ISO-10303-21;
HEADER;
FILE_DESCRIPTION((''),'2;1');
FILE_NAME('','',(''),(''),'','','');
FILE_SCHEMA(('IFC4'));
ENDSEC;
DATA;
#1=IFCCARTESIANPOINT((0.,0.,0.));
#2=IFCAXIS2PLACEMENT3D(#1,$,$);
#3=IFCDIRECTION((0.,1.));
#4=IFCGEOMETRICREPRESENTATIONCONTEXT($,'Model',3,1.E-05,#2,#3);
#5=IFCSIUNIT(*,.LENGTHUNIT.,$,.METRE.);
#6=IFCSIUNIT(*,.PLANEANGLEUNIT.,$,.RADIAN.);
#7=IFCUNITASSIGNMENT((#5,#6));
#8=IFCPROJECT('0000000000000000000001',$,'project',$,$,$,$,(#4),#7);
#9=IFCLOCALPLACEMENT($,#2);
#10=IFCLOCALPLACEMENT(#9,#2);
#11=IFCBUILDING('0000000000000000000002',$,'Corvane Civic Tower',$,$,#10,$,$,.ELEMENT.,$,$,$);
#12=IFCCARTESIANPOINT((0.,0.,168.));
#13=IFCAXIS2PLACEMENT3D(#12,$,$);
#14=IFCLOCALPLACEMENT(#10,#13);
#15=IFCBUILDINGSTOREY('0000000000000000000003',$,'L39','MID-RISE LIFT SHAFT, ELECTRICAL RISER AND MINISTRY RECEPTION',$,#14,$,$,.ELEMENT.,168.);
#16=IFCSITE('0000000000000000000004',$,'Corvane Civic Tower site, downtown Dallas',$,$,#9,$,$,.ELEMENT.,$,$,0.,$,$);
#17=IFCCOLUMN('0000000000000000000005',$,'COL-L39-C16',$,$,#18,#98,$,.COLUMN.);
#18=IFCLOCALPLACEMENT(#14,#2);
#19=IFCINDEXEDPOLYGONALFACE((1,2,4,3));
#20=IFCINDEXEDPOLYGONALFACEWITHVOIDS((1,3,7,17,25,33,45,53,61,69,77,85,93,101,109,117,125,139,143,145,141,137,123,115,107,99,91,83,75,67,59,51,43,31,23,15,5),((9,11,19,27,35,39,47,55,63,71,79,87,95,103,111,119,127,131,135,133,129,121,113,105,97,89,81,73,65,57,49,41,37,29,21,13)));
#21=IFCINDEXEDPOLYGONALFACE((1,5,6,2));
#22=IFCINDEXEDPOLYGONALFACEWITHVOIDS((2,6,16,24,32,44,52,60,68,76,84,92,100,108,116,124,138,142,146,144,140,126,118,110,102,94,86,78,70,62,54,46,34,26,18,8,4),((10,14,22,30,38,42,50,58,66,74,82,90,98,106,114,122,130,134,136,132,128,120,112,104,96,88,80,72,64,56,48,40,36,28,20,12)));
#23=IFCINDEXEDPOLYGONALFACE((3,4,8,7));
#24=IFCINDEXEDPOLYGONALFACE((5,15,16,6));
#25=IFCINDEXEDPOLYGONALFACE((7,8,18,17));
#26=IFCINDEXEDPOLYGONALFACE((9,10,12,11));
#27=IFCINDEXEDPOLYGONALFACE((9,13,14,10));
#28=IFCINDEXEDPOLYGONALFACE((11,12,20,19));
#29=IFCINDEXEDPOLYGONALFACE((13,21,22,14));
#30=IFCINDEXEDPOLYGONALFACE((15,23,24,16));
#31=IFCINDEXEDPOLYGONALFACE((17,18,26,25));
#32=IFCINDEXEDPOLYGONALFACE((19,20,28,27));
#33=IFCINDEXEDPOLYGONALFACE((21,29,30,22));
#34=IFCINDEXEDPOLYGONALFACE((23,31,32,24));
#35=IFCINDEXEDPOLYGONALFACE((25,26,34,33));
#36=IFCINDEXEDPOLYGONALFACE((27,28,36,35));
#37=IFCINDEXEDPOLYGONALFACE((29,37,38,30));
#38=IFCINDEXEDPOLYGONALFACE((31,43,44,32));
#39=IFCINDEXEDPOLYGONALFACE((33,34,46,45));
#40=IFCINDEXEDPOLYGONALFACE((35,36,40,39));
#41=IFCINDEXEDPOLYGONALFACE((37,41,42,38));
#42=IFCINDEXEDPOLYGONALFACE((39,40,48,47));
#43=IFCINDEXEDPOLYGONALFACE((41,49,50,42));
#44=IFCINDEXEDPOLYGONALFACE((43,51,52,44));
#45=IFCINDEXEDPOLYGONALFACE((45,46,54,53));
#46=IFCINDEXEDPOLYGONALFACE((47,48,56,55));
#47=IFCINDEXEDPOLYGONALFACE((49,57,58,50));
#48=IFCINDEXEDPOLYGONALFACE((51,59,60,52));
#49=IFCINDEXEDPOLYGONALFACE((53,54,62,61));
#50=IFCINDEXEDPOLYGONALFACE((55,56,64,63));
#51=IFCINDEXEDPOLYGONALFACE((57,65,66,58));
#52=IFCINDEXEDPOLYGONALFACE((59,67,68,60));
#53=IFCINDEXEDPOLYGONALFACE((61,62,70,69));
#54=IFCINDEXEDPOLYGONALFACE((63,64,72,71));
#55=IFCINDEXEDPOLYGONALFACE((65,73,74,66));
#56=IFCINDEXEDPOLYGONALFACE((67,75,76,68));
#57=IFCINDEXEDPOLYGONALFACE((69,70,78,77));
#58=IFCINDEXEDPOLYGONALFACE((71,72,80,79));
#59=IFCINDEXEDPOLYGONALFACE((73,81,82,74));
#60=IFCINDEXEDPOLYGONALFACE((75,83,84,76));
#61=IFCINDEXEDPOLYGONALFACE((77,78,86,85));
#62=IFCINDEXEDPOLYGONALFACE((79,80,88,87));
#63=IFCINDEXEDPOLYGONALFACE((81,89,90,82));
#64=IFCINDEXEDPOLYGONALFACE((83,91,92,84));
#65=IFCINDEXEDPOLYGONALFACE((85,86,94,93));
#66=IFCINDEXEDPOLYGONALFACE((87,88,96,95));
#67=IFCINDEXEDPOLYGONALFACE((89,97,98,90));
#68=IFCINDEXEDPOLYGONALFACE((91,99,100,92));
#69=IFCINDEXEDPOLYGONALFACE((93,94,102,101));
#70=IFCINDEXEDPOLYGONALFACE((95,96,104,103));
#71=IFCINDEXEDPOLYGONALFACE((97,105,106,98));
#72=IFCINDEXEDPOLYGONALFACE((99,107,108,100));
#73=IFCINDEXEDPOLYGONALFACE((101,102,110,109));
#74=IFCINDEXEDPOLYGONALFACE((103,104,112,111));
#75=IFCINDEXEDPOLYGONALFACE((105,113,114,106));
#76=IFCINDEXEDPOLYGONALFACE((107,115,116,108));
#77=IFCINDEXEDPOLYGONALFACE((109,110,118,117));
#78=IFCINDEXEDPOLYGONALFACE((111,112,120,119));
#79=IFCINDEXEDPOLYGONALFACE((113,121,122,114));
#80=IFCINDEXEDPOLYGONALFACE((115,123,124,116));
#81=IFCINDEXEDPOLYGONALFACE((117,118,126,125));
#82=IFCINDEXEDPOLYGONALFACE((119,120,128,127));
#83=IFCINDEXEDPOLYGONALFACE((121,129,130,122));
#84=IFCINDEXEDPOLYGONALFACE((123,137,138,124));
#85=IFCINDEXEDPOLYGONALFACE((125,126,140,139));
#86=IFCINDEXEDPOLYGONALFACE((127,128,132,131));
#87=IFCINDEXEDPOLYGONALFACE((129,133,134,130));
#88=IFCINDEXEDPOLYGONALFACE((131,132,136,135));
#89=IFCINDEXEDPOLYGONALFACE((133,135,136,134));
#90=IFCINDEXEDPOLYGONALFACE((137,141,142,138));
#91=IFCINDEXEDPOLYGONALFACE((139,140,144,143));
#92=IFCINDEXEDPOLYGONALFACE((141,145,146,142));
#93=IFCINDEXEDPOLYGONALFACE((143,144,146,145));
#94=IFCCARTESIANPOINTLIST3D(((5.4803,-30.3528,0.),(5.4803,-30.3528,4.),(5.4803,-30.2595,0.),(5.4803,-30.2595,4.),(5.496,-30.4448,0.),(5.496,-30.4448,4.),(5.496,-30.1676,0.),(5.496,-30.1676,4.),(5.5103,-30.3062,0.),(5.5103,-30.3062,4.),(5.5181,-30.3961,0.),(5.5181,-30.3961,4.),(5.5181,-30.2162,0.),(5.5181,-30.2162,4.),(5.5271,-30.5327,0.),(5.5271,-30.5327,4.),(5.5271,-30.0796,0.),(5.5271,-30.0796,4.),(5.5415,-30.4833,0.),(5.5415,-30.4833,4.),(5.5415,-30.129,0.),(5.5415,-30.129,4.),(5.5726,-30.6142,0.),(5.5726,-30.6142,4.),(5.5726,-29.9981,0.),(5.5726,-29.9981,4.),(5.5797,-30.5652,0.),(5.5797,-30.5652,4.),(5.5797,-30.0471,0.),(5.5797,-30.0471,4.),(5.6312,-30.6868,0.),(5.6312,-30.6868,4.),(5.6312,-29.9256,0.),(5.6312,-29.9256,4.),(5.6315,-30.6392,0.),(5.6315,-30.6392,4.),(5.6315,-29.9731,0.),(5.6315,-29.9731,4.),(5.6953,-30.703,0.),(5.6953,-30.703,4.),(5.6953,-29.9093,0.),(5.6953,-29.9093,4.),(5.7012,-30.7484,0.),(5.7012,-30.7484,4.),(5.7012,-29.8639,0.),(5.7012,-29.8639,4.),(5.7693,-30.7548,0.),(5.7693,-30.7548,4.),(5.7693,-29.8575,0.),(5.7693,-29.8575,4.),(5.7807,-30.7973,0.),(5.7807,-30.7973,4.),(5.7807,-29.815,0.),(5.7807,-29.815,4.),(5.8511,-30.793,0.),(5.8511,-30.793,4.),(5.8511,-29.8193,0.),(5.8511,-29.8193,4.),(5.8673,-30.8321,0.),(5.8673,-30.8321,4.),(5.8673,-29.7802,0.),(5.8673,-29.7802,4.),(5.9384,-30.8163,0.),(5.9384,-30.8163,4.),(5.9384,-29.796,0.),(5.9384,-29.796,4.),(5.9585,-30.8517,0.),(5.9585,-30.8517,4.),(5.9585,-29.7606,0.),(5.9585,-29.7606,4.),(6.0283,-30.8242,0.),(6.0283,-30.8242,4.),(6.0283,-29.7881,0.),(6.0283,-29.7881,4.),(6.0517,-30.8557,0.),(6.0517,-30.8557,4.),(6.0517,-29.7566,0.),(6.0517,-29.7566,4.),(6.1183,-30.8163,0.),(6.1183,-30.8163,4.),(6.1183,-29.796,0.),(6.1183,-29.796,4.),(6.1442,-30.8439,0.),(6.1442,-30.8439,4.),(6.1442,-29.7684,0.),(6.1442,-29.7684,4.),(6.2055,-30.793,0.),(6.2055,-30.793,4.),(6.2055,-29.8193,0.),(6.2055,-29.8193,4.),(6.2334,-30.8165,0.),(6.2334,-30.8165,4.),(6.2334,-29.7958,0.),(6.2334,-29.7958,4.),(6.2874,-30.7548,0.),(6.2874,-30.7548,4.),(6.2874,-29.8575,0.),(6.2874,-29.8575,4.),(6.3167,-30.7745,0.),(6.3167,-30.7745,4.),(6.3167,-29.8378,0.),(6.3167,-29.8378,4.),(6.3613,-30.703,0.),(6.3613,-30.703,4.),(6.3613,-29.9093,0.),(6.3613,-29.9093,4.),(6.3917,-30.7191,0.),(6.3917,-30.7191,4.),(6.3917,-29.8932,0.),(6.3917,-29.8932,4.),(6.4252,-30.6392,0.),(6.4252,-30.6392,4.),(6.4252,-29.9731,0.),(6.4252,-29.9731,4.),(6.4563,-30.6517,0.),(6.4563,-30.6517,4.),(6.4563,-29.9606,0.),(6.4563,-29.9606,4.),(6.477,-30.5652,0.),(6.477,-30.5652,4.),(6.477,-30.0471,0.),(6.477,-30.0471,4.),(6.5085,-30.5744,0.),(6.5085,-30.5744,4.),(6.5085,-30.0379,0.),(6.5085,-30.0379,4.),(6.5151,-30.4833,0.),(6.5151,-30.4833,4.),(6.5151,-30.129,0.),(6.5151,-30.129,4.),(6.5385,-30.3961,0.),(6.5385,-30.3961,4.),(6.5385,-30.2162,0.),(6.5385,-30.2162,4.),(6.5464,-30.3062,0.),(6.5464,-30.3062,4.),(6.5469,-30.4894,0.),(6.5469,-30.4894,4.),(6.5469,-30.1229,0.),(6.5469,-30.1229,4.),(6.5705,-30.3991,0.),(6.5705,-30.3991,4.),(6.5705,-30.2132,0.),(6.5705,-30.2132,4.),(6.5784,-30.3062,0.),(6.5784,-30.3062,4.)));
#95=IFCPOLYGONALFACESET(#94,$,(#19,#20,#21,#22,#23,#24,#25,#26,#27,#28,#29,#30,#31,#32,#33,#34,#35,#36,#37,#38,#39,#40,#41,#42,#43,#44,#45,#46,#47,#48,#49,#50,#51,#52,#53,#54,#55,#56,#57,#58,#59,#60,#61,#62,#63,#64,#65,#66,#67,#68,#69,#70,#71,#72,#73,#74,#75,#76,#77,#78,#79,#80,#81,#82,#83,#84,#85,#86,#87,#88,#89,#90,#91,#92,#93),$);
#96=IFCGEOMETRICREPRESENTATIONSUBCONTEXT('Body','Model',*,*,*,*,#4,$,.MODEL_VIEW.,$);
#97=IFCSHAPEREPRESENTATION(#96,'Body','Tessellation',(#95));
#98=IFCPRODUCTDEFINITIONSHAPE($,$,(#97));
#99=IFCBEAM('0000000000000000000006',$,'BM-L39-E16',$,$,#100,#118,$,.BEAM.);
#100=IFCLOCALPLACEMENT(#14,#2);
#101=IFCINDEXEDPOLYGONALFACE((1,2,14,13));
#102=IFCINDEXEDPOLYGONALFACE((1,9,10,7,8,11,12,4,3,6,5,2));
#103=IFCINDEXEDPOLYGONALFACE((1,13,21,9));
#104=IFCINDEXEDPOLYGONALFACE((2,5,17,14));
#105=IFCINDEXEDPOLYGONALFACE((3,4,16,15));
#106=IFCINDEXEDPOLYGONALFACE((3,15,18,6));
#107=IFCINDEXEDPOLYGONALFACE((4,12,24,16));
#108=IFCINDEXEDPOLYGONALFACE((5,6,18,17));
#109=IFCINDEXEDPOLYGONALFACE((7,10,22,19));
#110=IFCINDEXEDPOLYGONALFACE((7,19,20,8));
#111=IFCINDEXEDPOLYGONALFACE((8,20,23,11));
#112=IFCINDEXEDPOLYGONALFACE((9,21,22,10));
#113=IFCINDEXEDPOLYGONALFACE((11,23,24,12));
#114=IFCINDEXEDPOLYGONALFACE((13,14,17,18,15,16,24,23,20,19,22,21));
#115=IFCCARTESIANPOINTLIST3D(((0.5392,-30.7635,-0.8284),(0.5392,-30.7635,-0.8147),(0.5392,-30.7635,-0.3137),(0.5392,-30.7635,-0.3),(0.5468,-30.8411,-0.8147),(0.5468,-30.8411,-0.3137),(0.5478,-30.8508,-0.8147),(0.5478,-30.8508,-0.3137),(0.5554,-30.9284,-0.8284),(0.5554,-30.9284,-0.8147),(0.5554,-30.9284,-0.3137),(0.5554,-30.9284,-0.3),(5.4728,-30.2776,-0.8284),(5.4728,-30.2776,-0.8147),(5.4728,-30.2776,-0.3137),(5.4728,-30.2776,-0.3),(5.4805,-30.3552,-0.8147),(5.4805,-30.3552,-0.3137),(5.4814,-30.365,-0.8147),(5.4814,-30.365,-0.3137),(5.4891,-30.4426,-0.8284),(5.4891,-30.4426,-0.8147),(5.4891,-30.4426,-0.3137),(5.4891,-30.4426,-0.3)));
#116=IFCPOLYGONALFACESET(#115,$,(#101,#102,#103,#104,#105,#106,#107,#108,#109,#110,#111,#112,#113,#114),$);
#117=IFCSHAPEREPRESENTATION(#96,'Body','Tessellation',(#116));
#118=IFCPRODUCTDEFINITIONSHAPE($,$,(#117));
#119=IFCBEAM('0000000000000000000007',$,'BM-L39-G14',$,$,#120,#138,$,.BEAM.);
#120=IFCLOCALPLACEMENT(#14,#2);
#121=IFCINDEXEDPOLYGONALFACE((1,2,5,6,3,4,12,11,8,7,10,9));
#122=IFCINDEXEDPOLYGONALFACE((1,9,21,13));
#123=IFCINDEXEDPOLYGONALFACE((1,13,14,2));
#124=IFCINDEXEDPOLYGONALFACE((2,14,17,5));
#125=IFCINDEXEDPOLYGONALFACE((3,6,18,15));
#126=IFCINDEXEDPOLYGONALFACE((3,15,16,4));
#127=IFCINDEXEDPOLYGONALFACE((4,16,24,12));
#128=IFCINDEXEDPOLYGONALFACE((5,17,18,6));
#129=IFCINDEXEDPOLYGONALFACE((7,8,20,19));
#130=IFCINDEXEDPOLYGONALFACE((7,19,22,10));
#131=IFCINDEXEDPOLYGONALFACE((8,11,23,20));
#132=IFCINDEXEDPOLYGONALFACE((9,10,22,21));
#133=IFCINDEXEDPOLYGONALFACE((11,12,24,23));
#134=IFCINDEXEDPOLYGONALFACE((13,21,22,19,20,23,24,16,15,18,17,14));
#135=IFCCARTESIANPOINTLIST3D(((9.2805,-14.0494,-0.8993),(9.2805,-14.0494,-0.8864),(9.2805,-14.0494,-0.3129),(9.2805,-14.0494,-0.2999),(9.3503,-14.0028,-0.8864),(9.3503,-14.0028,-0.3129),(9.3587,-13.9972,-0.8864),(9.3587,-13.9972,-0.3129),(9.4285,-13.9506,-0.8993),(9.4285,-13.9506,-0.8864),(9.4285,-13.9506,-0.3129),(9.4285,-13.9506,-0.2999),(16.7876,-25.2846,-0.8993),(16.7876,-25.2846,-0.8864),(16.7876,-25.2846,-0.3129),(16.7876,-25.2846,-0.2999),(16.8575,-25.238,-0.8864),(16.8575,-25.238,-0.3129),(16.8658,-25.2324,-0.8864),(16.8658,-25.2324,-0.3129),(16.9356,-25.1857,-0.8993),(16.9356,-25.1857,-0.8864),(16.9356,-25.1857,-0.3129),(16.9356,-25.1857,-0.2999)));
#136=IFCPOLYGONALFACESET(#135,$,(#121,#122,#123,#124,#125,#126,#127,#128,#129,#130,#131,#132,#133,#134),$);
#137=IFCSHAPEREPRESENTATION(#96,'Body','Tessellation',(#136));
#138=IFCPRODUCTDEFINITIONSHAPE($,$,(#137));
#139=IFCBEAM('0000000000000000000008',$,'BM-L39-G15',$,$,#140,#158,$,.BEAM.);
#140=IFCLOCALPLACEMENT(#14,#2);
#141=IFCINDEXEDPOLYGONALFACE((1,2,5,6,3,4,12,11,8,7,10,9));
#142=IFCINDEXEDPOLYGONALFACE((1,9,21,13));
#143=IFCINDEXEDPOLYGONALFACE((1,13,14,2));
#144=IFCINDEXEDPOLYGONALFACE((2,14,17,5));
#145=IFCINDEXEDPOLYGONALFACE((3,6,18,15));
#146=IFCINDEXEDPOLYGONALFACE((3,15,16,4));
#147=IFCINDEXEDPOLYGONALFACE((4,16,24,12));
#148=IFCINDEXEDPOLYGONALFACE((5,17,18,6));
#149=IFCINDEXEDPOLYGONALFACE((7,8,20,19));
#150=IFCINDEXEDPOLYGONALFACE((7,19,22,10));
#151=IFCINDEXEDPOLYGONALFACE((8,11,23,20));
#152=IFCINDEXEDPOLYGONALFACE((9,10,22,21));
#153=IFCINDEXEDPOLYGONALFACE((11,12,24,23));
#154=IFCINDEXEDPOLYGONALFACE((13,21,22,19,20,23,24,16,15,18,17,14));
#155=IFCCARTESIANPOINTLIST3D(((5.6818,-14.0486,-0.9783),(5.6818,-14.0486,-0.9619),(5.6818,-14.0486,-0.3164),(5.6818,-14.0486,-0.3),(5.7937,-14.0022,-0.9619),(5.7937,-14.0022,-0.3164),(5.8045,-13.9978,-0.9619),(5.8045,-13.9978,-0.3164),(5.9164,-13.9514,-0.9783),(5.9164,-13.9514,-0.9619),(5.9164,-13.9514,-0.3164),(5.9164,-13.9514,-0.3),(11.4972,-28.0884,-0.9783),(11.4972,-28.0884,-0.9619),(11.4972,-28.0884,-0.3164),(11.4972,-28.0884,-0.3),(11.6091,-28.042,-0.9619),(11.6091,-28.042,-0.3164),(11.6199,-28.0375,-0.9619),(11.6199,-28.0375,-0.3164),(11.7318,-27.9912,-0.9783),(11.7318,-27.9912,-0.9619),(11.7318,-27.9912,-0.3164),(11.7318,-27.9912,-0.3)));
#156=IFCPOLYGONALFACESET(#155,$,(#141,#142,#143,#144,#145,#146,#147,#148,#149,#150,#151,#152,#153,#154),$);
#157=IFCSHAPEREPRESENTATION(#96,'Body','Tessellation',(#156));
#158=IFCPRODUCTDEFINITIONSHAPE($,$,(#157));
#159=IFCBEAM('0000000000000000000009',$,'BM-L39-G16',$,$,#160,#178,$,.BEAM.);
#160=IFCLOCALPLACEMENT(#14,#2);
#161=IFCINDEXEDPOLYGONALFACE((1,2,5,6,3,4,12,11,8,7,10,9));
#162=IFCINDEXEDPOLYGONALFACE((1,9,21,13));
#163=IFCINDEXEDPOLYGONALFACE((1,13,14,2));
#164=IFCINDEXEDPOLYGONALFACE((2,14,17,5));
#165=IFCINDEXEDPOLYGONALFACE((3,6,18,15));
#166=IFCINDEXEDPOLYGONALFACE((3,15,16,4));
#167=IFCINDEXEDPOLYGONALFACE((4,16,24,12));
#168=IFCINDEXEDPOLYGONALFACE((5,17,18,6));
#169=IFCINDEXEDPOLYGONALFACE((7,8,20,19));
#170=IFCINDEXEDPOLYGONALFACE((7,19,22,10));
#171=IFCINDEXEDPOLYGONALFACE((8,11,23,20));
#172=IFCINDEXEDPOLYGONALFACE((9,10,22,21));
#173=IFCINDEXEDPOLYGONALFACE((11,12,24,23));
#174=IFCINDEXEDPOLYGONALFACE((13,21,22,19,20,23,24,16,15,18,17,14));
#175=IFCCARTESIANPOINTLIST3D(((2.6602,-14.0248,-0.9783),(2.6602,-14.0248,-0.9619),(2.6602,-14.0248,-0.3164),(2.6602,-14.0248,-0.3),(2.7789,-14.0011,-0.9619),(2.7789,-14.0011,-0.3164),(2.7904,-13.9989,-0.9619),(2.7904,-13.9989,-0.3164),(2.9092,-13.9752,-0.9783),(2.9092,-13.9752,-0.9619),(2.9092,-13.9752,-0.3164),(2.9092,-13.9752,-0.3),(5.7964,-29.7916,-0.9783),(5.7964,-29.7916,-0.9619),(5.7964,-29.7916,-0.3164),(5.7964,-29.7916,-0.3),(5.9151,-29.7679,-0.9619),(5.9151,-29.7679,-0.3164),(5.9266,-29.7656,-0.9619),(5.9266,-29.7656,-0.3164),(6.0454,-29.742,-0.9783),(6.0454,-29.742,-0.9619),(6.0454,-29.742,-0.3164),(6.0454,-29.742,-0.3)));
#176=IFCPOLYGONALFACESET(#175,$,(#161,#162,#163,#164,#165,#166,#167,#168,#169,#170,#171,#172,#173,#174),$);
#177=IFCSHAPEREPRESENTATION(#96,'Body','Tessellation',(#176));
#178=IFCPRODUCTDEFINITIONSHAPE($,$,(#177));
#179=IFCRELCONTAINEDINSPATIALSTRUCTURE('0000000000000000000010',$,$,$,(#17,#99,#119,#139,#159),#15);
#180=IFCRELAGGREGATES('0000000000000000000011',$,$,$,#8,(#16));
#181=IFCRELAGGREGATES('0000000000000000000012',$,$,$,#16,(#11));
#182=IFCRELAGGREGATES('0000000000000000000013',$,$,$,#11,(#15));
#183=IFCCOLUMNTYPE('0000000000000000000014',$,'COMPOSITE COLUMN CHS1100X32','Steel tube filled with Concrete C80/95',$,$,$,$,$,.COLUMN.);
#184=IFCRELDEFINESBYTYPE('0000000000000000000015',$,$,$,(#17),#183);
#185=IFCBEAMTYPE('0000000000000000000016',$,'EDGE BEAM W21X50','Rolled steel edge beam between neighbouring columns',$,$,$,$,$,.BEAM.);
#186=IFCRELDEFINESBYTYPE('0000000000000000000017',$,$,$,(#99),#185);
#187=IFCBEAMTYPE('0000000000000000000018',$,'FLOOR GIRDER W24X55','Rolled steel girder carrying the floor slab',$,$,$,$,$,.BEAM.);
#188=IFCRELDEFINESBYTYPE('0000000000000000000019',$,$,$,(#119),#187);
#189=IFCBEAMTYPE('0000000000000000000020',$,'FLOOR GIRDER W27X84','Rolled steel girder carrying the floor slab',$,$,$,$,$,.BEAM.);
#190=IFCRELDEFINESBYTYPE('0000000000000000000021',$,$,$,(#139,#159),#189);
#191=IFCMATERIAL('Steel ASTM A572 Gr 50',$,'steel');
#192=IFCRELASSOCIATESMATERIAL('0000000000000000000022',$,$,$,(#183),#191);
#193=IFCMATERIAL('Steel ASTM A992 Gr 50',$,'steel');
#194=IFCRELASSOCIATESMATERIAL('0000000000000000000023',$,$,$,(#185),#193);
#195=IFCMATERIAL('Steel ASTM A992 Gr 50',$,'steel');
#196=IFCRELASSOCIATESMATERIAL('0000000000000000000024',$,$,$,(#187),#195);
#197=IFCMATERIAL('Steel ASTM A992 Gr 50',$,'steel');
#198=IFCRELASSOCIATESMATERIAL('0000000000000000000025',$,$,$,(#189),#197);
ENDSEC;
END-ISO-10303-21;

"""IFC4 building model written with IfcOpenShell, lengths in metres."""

from ifc_helpers import new_model, si_unit, direction, frame, origin, origin_2d, place, context, subcontext, project, spatial, hollow_circle, i_section, extrude, material, material_profile, profile_set, type_object, element, save


model = new_model("IFC4")

# Units and contexts
model_context = context("Model", 3, precision=1e-05, world=origin(), true_north=direction((0.0, 1.0)))
body_context = subcontext(model_context, "Body", "Model", "MODEL_VIEW")
ifc_project = project(units=[si_unit("LENGTHUNIT", "METRE"), si_unit("PLANEANGLEUNIT", "RADIAN")], contexts=[model_context])

# Site, building, storey
site_placement = place(None, origin())
site = spatial("IfcSite", under=ifc_project, at=site_placement, Name="Corvane Civic Tower site, downtown Dallas", CompositionType="ELEMENT", RefElevation=0.0)
building_placement = place(site_placement, origin())
building = spatial("IfcBuilding", under=site, at=building_placement, Name="Corvane Civic Tower", CompositionType="ELEMENT")
storey_placement = place(building_placement, frame((0.0, 0.0, 168.0)))
storey = spatial("IfcBuildingStorey", under=building, at=storey_placement, Name="L39", Description="MID-RISE LIFT SHAFT, ELECTRICAL RISER AND MINISTRY RECEPTION", CompositionType="ELEMENT", Elevation=168.0)

# Column
ifc_material_1 = material(Name="Steel ASTM A572 Gr 50", Category="steel")
ifc_material_profile_1 = material_profile(ifc_material_1, hollow_circle(Radius=0.55, WallThickness=0.032, at=origin_2d()), Name="CHS1100X32")
ifc_profile_set_1 = profile_set([ifc_material_profile_1], Name="Steel ASTM A572 Gr 50")
column_type = type_object("IfcColumnType", Name="COMPOSITE COLUMN CHS1100X32", Description="Steel tube filled with Concrete C80/95", PredefinedType="COLUMN", material=ifc_profile_set_1)
column_placement = place(storey_placement, frame((6.0283, -30.3062, 0.0), z_axis=(0.0, 0.0, 1.0), x_axis=(1.0, 0.0, 0.0)))
element("IfcColumn", 1, at=column_placement, inside=storey, type_object=column_type, Name="COL-L39-C16", PredefinedType="COLUMN", context=body_context, shape_type="SweptSolid", body=[
    extrude(hollow_circle(Radius=0.55, WallThickness=0.032, at=origin_2d()), origin(), (0.0, 0.0, 1.0), 4.0),
])

# Beams
ifc_material_2 = material(Name="Steel ASTM A992 Gr 50", Category="steel")
ifc_material_profile_2 = material_profile(ifc_material_2, i_section(OverallWidth=0.1658, OverallDepth=0.5283, WebThickness=0.0098, FlangeThickness=0.0137, at=origin_2d()), Name="W21X50")
ifc_profile_set_2 = profile_set([ifc_material_profile_2], Name="Steel ASTM A992 Gr 50")
beam_type_1 = type_object("IfcBeamType", Name="EDGE BEAM W21X50", Description="Rolled steel edge beam between neighbouring columns", PredefinedType="BEAM", material=ifc_profile_set_2)
beam_1_placement = place(storey_placement, frame((5.481, -30.3601, -0.5642), z_axis=(-0.995186, -0.098002, 0.0), x_axis=(0.098002, -0.995186, 0.0)))
element("IfcBeam", 2, at=beam_1_placement, inside=storey, type_object=beam_type_1, Name="BM-L39-E16", PredefinedType="BEAM", context=body_context, shape_type="SweptSolid", body=[
    extrude(i_section(OverallWidth=0.1658, OverallDepth=0.5283, WebThickness=0.0098, FlangeThickness=0.0137, at=origin_2d()), origin(), (0.0, 0.0, 1.0), 4.9575),
])
ifc_material_3 = material(Name="Steel ASTM A992 Gr 50", Category="steel")
ifc_material_profile_3 = material_profile(ifc_material_3, i_section(OverallWidth=0.178, OverallDepth=0.5994, WebThickness=0.01, FlangeThickness=0.0129, at=origin_2d()), Name="W24X55")
ifc_profile_set_3 = profile_set([ifc_material_profile_3], Name="Steel ASTM A992 Gr 50")
beam_type_2 = type_object("IfcBeamType", Name="FLOOR GIRDER W24X55", Description="Rolled steel girder carrying the floor slab", PredefinedType="BEAM", material=ifc_profile_set_3)
beam_2_placement = place(storey_placement, frame((9.3545, -14.0, -0.5996), z_axis=(0.555571, -0.831469, 0.0), x_axis=(0.831469, 0.555571, 0.0)))
element("IfcBeam", 3, at=beam_2_placement, inside=storey, type_object=beam_type_2, Name="BM-L39-G14", PredefinedType="BEAM", context=body_context, shape_type="SweptSolid", body=[
    extrude(i_section(OverallWidth=0.178, OverallDepth=0.5994, WebThickness=0.01, FlangeThickness=0.0129, at=origin_2d()), origin(), (0.0, 0.0, 1.0), 13.5125),
])
ifc_material_4 = material(Name="Steel ASTM A992 Gr 50", Category="steel")
ifc_material_profile_4 = material_profile(ifc_material_4, i_section(OverallWidth=0.2539, OverallDepth=0.6782, WebThickness=0.0117, FlangeThickness=0.0164, at=origin_2d()), Name="W27X84")
ifc_profile_set_4 = profile_set([ifc_material_profile_4], Name="Steel ASTM A992 Gr 50")
beam_type_3 = type_object("IfcBeamType", Name="FLOOR GIRDER W27X84", Description="Rolled steel girder carrying the floor slab", PredefinedType="BEAM", material=ifc_profile_set_4)
beam_3_placement = place(storey_placement, frame((5.7991, -14.0, -0.6392), z_axis=(0.382681, -0.923881, 0.0), x_axis=(0.923881, 0.382681, 0.0)))
element("IfcBeam", 4, at=beam_3_placement, inside=storey, type_object=beam_type_3, Name="BM-L39-G15", PredefinedType="BEAM", context=body_context, shape_type="SweptSolid", body=[
    extrude(i_section(OverallWidth=0.2539, OverallDepth=0.6782, WebThickness=0.0117, FlangeThickness=0.0164, at=origin_2d()), origin(), (0.0, 0.0, 1.0), 15.1965),
])
beam_4_placement = place(storey_placement, frame((2.7847, -14.0, -0.6392), z_axis=(0.195091, -0.980785, 0.0), x_axis=(0.980785, 0.195091, 0.0)))
element("IfcBeam", 5, at=beam_4_placement, inside=storey, type_object=beam_type_3, Name="BM-L39-G16", PredefinedType="BEAM", context=body_context, shape_type="SweptSolid", body=[
    extrude(i_section(OverallWidth=0.2539, OverallDepth=0.6782, WebThickness=0.0117, FlangeThickness=0.0164, at=origin_2d()), origin(), (0.0, 0.0, 1.0), 16.0757),
])

save(model, "model.ifc")
